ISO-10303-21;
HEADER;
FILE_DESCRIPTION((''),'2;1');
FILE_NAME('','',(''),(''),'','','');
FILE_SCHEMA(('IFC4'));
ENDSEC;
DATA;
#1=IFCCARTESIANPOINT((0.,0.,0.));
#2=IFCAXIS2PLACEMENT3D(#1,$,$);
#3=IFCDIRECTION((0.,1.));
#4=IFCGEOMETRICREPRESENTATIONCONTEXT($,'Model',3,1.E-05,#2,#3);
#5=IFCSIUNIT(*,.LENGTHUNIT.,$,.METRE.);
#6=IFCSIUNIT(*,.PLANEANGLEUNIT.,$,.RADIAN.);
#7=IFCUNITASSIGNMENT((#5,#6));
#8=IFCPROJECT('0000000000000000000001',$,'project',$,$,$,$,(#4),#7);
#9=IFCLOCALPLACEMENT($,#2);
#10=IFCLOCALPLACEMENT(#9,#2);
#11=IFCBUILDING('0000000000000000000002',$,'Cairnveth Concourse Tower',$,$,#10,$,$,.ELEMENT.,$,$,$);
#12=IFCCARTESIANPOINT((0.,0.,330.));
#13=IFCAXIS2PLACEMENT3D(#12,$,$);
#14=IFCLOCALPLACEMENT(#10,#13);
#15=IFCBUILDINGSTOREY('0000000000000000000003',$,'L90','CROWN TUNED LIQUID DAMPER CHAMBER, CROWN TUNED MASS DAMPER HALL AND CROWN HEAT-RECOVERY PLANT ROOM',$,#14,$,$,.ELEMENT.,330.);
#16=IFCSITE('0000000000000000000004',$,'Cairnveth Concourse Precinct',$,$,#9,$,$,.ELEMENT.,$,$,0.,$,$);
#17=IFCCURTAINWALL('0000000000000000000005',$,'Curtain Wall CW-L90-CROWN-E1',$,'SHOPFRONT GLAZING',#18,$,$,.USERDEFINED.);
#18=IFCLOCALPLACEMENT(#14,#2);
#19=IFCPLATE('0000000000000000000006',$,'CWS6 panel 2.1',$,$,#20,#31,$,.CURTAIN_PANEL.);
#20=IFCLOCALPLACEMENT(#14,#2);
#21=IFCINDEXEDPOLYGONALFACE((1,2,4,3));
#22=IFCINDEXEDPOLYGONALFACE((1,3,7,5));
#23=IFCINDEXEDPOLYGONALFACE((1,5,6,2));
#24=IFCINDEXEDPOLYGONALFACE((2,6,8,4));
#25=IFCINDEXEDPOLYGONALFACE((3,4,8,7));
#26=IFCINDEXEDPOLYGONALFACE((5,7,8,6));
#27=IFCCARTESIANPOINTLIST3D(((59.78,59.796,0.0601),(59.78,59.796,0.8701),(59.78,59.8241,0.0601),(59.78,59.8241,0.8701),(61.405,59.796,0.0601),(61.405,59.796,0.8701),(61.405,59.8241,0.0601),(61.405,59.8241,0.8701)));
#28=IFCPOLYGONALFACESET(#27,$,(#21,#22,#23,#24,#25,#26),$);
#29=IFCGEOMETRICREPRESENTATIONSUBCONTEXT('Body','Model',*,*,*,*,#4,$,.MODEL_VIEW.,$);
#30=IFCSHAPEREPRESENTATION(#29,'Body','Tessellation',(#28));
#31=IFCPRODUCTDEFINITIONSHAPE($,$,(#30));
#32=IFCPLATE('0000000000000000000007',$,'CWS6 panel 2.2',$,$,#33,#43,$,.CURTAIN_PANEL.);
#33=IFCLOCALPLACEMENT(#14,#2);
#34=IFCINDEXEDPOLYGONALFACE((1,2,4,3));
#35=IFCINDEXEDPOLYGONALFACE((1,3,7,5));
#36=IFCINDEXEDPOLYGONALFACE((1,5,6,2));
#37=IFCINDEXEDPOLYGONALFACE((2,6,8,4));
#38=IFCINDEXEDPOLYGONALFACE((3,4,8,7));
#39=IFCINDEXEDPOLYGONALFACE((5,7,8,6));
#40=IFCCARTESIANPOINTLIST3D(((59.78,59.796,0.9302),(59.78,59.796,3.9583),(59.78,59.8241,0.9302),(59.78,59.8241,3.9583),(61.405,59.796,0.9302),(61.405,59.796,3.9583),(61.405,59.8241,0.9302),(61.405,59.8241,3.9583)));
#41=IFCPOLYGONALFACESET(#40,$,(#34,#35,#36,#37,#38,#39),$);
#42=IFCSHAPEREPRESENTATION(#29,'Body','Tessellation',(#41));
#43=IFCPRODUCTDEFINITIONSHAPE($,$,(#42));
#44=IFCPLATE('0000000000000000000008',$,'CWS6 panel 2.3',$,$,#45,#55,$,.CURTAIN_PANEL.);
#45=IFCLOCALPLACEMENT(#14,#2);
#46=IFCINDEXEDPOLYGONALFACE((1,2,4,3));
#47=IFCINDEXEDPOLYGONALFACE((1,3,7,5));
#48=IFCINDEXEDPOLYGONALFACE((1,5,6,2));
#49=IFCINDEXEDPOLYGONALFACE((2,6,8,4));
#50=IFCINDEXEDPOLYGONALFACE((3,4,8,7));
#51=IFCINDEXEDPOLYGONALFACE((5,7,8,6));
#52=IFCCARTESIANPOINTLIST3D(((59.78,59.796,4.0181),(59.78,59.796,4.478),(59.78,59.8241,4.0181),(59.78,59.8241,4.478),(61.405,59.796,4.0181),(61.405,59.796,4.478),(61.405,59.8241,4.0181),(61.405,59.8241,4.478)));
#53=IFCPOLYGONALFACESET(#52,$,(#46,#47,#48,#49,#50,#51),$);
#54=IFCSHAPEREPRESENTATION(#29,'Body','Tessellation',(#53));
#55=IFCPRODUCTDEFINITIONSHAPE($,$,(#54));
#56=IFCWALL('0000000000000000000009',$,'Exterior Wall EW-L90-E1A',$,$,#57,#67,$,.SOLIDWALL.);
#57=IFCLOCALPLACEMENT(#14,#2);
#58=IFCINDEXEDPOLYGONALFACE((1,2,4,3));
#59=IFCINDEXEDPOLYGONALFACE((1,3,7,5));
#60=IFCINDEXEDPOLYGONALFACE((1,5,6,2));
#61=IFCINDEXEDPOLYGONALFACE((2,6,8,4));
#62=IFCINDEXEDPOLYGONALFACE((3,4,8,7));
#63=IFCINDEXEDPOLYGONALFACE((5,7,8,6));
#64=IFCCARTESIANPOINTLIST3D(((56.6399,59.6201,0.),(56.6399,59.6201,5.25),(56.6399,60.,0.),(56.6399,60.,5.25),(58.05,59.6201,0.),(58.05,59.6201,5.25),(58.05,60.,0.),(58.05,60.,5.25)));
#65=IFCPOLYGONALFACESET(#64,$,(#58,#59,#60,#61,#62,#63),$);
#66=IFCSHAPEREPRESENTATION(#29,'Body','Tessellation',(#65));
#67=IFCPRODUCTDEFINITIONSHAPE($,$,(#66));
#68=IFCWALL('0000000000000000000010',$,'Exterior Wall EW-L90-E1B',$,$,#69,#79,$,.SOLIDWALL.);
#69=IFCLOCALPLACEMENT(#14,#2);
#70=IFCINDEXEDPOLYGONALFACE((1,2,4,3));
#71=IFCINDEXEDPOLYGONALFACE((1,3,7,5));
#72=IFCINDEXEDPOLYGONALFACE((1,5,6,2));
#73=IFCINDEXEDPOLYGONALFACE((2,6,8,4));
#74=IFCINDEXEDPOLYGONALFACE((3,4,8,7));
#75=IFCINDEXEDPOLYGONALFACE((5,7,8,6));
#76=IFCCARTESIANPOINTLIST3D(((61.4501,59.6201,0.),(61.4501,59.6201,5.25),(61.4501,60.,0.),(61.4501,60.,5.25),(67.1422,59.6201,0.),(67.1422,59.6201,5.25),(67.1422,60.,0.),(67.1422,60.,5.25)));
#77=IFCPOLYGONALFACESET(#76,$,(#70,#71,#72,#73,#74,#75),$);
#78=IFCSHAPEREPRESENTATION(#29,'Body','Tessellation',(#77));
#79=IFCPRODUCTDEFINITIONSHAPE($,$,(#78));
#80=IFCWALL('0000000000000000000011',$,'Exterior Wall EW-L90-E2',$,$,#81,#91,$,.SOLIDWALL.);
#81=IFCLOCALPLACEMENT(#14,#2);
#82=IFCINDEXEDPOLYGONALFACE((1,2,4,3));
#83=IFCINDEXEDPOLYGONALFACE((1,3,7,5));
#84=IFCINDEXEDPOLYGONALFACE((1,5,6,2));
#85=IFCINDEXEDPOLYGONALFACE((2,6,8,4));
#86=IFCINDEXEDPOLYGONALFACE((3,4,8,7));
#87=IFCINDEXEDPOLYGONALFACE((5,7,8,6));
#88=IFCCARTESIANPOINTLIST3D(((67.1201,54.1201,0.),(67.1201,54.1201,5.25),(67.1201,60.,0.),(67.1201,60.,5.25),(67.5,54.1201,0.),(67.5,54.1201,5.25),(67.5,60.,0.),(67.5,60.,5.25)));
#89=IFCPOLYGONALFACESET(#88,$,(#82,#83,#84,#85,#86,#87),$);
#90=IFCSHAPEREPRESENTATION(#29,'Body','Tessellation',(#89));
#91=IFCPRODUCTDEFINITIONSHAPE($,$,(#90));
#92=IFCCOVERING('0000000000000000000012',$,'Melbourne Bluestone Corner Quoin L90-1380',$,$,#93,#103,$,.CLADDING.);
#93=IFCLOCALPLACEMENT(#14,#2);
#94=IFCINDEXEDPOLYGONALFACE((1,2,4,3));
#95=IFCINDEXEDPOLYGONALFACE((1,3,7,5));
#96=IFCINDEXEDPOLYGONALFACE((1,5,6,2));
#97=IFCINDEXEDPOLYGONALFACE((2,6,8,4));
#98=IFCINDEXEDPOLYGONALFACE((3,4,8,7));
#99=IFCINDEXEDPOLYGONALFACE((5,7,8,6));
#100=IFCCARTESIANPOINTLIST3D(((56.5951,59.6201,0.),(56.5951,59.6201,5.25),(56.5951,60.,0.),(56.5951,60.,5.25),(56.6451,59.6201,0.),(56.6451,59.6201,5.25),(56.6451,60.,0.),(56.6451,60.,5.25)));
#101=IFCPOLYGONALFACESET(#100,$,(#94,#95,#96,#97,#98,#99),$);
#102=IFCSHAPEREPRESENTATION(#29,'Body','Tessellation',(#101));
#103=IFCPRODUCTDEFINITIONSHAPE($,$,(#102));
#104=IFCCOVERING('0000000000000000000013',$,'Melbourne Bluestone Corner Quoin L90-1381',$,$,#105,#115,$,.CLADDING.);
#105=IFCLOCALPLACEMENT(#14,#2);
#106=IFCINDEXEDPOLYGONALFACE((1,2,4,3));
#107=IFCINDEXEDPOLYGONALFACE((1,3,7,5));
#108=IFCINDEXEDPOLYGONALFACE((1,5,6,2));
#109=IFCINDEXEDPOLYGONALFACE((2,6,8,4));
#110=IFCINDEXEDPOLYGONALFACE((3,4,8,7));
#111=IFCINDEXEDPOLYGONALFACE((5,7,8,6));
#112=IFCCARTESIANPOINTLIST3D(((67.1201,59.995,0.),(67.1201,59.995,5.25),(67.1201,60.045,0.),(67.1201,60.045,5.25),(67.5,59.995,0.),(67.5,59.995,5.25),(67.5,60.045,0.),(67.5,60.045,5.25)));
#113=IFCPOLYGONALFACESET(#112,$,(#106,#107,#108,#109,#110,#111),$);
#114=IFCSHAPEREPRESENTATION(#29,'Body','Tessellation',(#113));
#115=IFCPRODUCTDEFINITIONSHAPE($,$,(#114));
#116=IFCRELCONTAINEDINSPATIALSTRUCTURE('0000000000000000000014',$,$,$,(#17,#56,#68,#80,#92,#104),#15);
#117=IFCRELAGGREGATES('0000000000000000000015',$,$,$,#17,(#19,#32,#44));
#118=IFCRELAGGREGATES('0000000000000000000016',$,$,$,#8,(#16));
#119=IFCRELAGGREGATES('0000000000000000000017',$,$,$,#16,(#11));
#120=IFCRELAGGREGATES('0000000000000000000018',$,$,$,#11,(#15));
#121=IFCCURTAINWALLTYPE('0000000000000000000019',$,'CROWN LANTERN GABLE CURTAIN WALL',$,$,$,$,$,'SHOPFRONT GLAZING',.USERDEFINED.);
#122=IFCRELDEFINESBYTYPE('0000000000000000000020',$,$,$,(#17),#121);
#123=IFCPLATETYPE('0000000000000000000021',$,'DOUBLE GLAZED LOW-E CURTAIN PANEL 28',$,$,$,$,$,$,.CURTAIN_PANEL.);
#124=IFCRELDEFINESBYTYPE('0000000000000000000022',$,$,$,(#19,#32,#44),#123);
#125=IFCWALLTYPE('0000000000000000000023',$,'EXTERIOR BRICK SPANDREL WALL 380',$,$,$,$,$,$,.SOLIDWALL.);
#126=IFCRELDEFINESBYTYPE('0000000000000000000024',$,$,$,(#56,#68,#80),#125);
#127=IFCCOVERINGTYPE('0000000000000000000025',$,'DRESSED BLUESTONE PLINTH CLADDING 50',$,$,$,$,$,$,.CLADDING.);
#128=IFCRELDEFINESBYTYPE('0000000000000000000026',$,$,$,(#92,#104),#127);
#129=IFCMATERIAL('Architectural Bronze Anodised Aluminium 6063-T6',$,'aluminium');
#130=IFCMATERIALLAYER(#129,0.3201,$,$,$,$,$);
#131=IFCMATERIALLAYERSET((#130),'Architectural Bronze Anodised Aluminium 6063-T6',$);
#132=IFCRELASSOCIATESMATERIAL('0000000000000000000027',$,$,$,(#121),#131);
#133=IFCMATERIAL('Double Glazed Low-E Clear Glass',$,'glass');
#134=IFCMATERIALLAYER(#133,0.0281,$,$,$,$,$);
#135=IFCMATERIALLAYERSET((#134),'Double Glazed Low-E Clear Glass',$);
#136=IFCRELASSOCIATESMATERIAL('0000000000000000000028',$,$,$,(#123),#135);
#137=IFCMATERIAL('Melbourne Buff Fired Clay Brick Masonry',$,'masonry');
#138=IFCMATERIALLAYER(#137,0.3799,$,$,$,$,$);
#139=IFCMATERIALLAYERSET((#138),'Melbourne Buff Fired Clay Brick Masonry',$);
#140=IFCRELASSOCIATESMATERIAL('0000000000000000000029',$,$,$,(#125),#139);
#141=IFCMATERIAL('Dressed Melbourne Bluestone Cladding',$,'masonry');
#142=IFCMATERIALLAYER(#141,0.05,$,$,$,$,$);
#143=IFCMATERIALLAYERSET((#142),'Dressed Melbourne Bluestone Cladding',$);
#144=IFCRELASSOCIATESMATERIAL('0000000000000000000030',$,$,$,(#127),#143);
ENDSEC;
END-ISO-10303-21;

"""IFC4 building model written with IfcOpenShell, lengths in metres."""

from ifc_helpers import new_model, si_unit, direction, frame, frame_2d, origin, origin_2d, place, context, subcontext, project, spatial, rectangle, extrude, material, layer, layer_set, type_object, element, aggregate, save


model = new_model("IFC4")

# Units and contexts
model_context = context("Model", 3, precision=1e-05, world=origin(), true_north=direction((0.0, 1.0)))
body_context = subcontext(model_context, "Body", "Model", "MODEL_VIEW")
ifc_project = project(units=[si_unit("LENGTHUNIT", "METRE"), si_unit("PLANEANGLEUNIT", "RADIAN")], contexts=[model_context])

# Site, building, storey
site_placement = place(None, origin())
site = spatial("IfcSite", under=ifc_project, at=site_placement, Name="Cairnveth Concourse Precinct", CompositionType="ELEMENT", RefElevation=0.0)
building_placement = place(site_placement, origin())
building = spatial("IfcBuilding", under=site, at=building_placement, Name="Cairnveth Concourse Tower", CompositionType="ELEMENT")
storey_placement = place(building_placement, frame((0.0, 0.0, 330.0)))
storey = spatial("IfcBuildingStorey", under=building, at=storey_placement, Name="L90", Description="CROWN TUNED LIQUID DAMPER CHAMBER, CROWN TUNED MASS DAMPER HALL AND CROWN HEAT-RECOVERY PLANT ROOM", CompositionType="ELEMENT", Elevation=330.0)

# Curtain wall
ifc_material_1 = material(Name="Architectural Bronze Anodised Aluminium 6063-T6", Category="aluminium")
ifc_layer_1 = layer(ifc_material_1, 0.3201)
ifc_layer_set_1 = layer_set([ifc_layer_1], Name="Architectural Bronze Anodised Aluminium 6063-T6")
curtain_wall_type = type_object("IfcCurtainWallType", Name="CROWN LANTERN GABLE CURTAIN WALL", ElementType="SHOPFRONT GLAZING", PredefinedType="USERDEFINED", material=ifc_layer_set_1)
curtain_wall_placement = place(storey_placement, origin())
curtain_wall = element("IfcCurtainWall", 1, at=curtain_wall_placement, inside=storey, type_object=curtain_wall_type, Name="Curtain Wall CW-L90-CROWN-E1", ObjectType="SHOPFRONT GLAZING", PredefinedType="USERDEFINED")

# Plates
ifc_material_2 = material(Name="Double Glazed Low-E Clear Glass", Category="glass")
ifc_layer_2 = layer(ifc_material_2, 0.0281)
ifc_layer_set_2 = layer_set([ifc_layer_2], Name="Double Glazed Low-E Clear Glass")
plate_type = type_object("IfcPlateType", Name="DOUBLE GLAZED LOW-E CURTAIN PANEL 28", PredefinedType="CURTAIN_PANEL", material=ifc_layer_set_2)
plate_1_placement = place(storey_placement, frame((60.5925, 59.8101, 0.0601), z_axis=(0.0, 0.0, 1.0), x_axis=(1.0, 0.0, 0.0)))
plate_1 = element("IfcPlate", 2, at=plate_1_placement, type_object=plate_type, Name="CWS6 panel 2.1", PredefinedType="CURTAIN_PANEL", context=body_context, shape_type="SweptSolid", body=[
    extrude(rectangle(XDim=1.625, YDim=0.0281, at=origin_2d()), origin(), (0.0, 0.0, 1.0), 0.8101),
])
plate_2_placement = place(storey_placement, frame((60.5925, 59.8101, 0.9302), z_axis=(0.0, 0.0, 1.0), x_axis=(1.0, 0.0, 0.0)))
plate_2 = element("IfcPlate", 3, at=plate_2_placement, type_object=plate_type, Name="CWS6 panel 2.2", PredefinedType="CURTAIN_PANEL", context=body_context, shape_type="SweptSolid", body=[
    extrude(rectangle(XDim=1.625, YDim=0.0281, at=origin_2d()), origin(), (0.0, 0.0, 1.0), 3.0281),
])
plate_3_placement = place(storey_placement, frame((60.5925, 59.8101, 4.0181), z_axis=(0.0, 0.0, 1.0), x_axis=(1.0, 0.0, 0.0)))
plate_3 = element("IfcPlate", 4, at=plate_3_placement, type_object=plate_type, Name="CWS6 panel 2.3", PredefinedType="CURTAIN_PANEL", context=body_context, shape_type="SweptSolid", body=[
    extrude(rectangle(XDim=1.625, YDim=0.0281, at=origin_2d()), origin(), (0.0, 0.0, 1.0), 0.46),
])
aggregate(curtain_wall, [plate_1, plate_2, plate_3])

# Walls
ifc_material_3 = material(Name="Melbourne Buff Fired Clay Brick Masonry", Category="masonry")
ifc_layer_3 = layer(ifc_material_3, 0.3799)
ifc_layer_set_3 = layer_set([ifc_layer_3], Name="Melbourne Buff Fired Clay Brick Masonry")
wall_type = type_object("IfcWallType", Name="EXTERIOR BRICK SPANDREL WALL 380", PredefinedType="SOLIDWALL", material=ifc_layer_set_3)
wall_1_placement = place(storey_placement, frame((56.6399, 59.8101, 0.0), z_axis=(0.0, 0.0, 1.0), x_axis=(1.0, 0.0, 0.0)))
element("IfcWall", 5, at=wall_1_placement, inside=storey, type_object=wall_type, Name="Exterior Wall EW-L90-E1A", PredefinedType="SOLIDWALL", context=body_context, shape_type="SweptSolid", body=[
    extrude(rectangle(XDim=1.4102, YDim=0.3799, at=frame_2d((0.7051, 0.0))), origin(), (0.0, 0.0, 1.0), 5.25),
])
wall_2_placement = place(storey_placement, frame((61.45, 59.8101, 0.0), z_axis=(0.0, 0.0, 1.0), x_axis=(1.0, 0.0, 0.0)))
element("IfcWall", 6, at=wall_2_placement, inside=storey, type_object=wall_type, Name="Exterior Wall EW-L90-E1B", PredefinedType="SOLIDWALL", context=body_context, shape_type="SweptSolid", body=[
    extrude(rectangle(XDim=5.6921, YDim=0.3799, at=frame_2d((2.8462, 0.0))), origin(), (0.0, 0.0, 1.0), 5.25),
])
wall_3_placement = place(storey_placement, frame((67.3101, 60.0, 0.0), z_axis=(0.0, 0.0, 1.0), x_axis=(0.0, -1.0, 0.0)))
element("IfcWall", 7, at=wall_3_placement, inside=storey, type_object=wall_type, Name="Exterior Wall EW-L90-E2", PredefinedType="SOLIDWALL", context=body_context, shape_type="SweptSolid", body=[
    extrude(rectangle(XDim=5.8799, YDim=0.3799, at=frame_2d((2.9399, 0.0))), origin(), (0.0, 0.0, 1.0), 5.25),
])

# Coverings
ifc_material_4 = material(Name="Dressed Melbourne Bluestone Cladding", Category="masonry")
ifc_layer_4 = layer(ifc_material_4, 0.05)
ifc_layer_set_4 = layer_set([ifc_layer_4], Name="Dressed Melbourne Bluestone Cladding")
covering_type = type_object("IfcCoveringType", Name="DRESSED BLUESTONE PLINTH CLADDING 50", PredefinedType="CLADDING", material=ifc_layer_set_4)
for number, where, z_axis, x_axis, name in (
    (8, (56.6201, 59.6201, 0.0), (0.0, 0.0, 1.0), (0.0, 1.0, 0.0), "Melbourne Bluestone Corner Quoin L90-1380"),
    (9, (67.1201, 60.02, 0.0), (0.0, 0.0, 1.0), (1.0, 0.0, 0.0), "Melbourne Bluestone Corner Quoin L90-1381"),
):
    element("IfcCovering", number, at=place(storey_placement, frame(where, z_axis=z_axis, x_axis=x_axis)), inside=storey, type_object=covering_type, Name=name, PredefinedType="CLADDING", context=body_context, shape_type="SweptSolid", body=[
        extrude(rectangle(XDim=0.3799, YDim=0.05, at=frame_2d((0.1899, 0.0))), origin(), (0.0, 0.0, 1.0), 5.25),
    ])

save(model, "model.ifc")
